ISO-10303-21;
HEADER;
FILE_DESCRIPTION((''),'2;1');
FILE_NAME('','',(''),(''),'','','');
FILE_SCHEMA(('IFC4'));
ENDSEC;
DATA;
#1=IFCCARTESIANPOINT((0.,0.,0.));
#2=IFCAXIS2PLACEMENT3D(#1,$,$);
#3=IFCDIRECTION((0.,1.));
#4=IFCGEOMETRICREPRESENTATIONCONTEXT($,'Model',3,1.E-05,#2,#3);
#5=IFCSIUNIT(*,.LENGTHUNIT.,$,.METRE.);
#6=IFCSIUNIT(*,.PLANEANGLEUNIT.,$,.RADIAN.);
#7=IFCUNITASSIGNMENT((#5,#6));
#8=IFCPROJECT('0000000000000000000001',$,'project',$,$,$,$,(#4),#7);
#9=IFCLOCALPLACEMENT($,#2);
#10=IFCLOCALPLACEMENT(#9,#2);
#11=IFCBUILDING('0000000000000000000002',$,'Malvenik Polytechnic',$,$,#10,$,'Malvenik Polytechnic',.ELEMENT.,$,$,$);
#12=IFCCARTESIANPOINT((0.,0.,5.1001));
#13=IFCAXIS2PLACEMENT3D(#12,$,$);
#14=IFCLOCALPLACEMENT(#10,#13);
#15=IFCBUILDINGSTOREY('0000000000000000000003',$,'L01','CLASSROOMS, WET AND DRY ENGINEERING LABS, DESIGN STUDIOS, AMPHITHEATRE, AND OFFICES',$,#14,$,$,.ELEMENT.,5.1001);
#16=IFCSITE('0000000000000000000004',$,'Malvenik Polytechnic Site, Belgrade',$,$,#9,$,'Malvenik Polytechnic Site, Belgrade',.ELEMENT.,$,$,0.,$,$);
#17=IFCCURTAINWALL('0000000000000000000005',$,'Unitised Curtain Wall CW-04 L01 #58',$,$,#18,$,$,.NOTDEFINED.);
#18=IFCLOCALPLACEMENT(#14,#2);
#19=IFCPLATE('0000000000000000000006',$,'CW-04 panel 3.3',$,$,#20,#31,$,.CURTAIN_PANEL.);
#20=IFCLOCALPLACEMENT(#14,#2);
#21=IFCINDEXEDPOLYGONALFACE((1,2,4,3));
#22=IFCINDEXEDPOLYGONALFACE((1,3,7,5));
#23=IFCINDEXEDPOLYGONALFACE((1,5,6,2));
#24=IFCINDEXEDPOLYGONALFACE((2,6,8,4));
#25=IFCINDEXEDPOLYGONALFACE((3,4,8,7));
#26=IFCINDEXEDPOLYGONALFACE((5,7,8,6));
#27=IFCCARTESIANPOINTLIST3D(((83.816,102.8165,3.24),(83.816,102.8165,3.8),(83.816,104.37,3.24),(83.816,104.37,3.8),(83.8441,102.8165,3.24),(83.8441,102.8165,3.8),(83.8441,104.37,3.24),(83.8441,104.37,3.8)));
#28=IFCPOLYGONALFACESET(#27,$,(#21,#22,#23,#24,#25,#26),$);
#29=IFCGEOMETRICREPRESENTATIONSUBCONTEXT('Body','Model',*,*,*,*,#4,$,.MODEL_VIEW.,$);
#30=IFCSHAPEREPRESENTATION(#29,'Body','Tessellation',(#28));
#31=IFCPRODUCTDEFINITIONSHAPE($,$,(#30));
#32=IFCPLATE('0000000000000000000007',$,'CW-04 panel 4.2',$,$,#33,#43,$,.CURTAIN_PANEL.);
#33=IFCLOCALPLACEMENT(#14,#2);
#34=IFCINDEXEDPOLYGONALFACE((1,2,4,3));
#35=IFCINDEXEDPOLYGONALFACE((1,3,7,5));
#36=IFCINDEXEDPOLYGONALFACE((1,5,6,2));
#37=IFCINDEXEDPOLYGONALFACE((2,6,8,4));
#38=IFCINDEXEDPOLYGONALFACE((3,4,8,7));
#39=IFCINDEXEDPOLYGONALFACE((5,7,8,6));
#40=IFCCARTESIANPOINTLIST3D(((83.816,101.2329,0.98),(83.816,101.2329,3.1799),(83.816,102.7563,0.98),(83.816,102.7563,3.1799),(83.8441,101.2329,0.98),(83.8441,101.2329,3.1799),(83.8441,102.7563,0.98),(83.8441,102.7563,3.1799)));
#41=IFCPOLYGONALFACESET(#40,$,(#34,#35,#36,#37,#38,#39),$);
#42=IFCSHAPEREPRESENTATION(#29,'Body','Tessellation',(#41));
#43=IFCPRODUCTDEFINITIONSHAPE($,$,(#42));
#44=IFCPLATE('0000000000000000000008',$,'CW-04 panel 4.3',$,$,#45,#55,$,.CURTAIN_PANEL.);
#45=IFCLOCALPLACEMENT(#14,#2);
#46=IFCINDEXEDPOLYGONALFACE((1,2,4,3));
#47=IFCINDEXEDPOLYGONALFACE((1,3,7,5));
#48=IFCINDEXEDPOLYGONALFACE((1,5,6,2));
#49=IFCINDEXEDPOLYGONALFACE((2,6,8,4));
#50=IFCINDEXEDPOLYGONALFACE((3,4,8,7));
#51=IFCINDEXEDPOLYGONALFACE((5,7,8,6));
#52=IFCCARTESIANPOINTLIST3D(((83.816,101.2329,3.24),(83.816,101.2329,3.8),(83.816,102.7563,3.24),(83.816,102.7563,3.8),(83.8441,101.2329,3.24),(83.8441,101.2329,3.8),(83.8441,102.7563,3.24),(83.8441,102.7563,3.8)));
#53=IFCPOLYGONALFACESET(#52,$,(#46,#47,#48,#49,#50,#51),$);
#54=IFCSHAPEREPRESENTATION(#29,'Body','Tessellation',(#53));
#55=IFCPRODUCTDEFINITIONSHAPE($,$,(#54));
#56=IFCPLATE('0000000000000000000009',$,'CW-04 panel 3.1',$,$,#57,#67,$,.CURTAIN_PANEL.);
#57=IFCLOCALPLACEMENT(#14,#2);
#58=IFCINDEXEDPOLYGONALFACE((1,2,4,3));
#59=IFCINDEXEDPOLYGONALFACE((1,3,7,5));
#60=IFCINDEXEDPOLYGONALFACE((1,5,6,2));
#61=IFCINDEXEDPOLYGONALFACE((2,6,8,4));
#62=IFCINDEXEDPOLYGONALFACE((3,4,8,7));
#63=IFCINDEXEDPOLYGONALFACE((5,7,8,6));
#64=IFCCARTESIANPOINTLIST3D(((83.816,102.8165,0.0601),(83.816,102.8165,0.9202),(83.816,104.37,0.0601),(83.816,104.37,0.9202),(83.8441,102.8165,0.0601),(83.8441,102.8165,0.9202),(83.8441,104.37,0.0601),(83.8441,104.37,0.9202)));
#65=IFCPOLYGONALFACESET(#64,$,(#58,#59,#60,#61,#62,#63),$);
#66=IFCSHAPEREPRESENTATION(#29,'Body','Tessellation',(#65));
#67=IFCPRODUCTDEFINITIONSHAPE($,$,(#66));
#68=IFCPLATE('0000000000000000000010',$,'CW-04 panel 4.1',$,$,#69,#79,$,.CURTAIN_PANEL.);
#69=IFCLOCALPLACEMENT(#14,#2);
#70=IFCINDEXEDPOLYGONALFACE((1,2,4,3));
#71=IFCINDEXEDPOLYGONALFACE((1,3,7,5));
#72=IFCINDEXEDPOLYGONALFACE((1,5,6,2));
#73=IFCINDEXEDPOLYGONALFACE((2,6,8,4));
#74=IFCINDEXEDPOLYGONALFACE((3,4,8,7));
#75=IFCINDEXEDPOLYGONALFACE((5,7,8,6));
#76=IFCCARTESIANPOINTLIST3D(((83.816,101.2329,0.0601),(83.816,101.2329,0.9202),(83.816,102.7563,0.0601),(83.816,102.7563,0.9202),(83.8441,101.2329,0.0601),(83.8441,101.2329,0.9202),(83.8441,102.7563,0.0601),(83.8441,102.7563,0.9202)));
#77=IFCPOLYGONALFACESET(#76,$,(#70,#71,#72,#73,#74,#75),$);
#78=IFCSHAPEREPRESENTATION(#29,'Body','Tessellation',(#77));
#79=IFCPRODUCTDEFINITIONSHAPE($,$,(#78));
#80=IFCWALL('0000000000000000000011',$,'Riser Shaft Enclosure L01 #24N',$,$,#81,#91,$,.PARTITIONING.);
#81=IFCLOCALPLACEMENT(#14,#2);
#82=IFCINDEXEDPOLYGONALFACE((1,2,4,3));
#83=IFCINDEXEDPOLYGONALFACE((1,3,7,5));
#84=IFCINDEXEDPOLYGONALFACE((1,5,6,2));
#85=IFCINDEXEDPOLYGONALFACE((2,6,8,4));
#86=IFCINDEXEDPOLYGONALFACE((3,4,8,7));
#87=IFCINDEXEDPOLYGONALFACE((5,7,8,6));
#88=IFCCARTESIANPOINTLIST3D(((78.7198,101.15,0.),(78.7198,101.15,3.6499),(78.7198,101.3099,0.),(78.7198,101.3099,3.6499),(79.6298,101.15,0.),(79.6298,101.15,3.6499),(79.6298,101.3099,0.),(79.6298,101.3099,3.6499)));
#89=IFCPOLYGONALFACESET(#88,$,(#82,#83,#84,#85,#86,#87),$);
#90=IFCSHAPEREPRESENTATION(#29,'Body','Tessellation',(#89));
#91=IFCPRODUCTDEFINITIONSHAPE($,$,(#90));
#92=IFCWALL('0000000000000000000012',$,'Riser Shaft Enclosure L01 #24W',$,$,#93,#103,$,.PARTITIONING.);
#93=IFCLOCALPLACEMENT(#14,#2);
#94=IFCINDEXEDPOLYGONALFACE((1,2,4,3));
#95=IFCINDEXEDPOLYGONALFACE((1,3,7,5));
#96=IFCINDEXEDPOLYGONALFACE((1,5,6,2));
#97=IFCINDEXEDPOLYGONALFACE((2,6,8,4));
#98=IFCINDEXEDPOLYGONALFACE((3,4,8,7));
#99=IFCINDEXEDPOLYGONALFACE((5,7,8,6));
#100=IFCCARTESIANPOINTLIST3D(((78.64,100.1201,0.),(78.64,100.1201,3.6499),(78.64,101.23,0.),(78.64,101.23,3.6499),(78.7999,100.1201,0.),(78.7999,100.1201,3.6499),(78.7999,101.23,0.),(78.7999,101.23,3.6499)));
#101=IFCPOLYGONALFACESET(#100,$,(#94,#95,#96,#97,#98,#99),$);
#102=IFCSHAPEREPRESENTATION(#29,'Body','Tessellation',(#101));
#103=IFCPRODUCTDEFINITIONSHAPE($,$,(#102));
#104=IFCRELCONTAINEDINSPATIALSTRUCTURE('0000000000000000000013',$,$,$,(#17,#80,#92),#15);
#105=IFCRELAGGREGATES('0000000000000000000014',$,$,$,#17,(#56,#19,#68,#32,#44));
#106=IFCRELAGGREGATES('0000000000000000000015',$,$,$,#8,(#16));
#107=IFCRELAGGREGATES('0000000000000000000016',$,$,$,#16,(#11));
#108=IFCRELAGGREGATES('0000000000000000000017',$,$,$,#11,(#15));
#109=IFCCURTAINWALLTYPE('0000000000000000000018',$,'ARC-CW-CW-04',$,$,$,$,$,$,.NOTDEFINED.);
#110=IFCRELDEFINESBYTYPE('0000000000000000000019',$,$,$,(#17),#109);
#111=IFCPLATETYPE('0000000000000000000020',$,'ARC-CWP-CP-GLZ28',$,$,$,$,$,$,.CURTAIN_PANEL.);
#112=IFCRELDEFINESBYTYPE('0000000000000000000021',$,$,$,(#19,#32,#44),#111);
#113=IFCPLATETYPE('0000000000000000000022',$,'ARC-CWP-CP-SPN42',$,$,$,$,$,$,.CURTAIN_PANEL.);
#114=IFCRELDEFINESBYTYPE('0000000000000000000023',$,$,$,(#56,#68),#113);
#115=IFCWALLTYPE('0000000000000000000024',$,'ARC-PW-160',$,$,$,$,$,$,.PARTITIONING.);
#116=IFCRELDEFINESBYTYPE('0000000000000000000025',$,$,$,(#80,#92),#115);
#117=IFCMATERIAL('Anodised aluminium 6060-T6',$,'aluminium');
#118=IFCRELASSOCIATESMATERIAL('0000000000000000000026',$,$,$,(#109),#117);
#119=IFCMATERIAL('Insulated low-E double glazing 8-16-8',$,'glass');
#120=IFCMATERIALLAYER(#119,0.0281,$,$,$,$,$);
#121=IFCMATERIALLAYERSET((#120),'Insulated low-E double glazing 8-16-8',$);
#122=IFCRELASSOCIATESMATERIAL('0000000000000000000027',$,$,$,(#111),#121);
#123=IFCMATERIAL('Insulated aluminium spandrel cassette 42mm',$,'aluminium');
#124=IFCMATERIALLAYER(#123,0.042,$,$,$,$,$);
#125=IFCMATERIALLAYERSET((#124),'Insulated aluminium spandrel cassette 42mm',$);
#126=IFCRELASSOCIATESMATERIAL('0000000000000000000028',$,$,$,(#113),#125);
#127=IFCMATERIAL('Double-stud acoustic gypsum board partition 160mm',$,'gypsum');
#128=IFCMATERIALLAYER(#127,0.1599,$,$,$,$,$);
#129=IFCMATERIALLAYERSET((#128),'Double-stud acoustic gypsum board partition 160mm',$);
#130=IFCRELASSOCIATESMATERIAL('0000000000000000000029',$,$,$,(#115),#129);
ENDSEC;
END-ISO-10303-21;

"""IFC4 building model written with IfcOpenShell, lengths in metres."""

from ifc_helpers import new_model, si_unit, direction, frame, frame_2d, origin, origin_2d, place, context, subcontext, project, spatial, rectangle, extrude, material, layer, layer_set, type_object, element, aggregate, save


model = new_model("IFC4")

# Units and contexts
model_context = context("Model", 3, precision=1e-05, world=origin(), true_north=direction((0.0, 1.0)))
body_context = subcontext(model_context, "Body", "Model", "MODEL_VIEW")
ifc_project = project(units=[si_unit("LENGTHUNIT", "METRE"), si_unit("PLANEANGLEUNIT", "RADIAN")], contexts=[model_context])

# Site, building, storey
site_placement = place(None, origin())
site = spatial("IfcSite", under=ifc_project, at=site_placement, Name="Malvenik Polytechnic Site, Belgrade", LongName="Malvenik Polytechnic Site, Belgrade", CompositionType="ELEMENT", RefElevation=0.0)
building_placement = place(site_placement, origin())
building = spatial("IfcBuilding", under=site, at=building_placement, Name="Malvenik Polytechnic", LongName="Malvenik Polytechnic", CompositionType="ELEMENT")
storey_placement = place(building_placement, frame((0.0, 0.0, 5.1001)))
storey = spatial("IfcBuildingStorey", under=building, at=storey_placement, Name="L01", Description="CLASSROOMS, WET AND DRY ENGINEERING LABS, DESIGN STUDIOS, AMPHITHEATRE, AND OFFICES", CompositionType="ELEMENT", Elevation=5.1001)

# Curtain wall, plates
ifc_material_1 = material(Name="Anodised aluminium 6060-T6", Category="aluminium")
curtain_wall_type = type_object("IfcCurtainWallType", Name="ARC-CW-CW-04", PredefinedType="NOTDEFINED", material=ifc_material_1)
curtain_wall_placement = place(storey_placement, origin())
curtain_wall = element("IfcCurtainWall", 1, at=curtain_wall_placement, inside=storey, type_object=curtain_wall_type, Name="Unitised Curtain Wall CW-04 L01 #58", PredefinedType="NOTDEFINED")
ifc_material_2 = material(Name="Insulated low-E double glazing 8-16-8", Category="glass")
ifc_layer_1 = layer(ifc_material_2, 0.0281)
ifc_layer_set_1 = layer_set([ifc_layer_1], Name="Insulated low-E double glazing 8-16-8")
plate_type_1 = type_object("IfcPlateType", Name="ARC-CWP-CP-GLZ28", PredefinedType="CURTAIN_PANEL", material=ifc_layer_set_1)
plate_1_placement = place(storey_placement, frame((83.8301, 103.5933, 3.24), z_axis=(0.0, 0.0, 1.0), x_axis=(0.0, -1.0, 0.0)))
plate_1 = element("IfcPlate", 2, at=plate_1_placement, type_object=plate_type_1, Name="CW-04 panel 3.3", PredefinedType="CURTAIN_PANEL", context=body_context, shape_type="SweptSolid", body=[
    extrude(rectangle(XDim=1.5535, YDim=0.0281, at=origin_2d()), origin(), (0.0, 0.0, 1.0), 0.5601),
])
plate_2_placement = place(storey_placement, frame((83.8301, 101.9946, 0.98), z_axis=(0.0, 0.0, 1.0), x_axis=(0.0, -1.0, 0.0)))
plate_2 = element("IfcPlate", 3, at=plate_2_placement, type_object=plate_type_1, Name="CW-04 panel 4.2", PredefinedType="CURTAIN_PANEL", context=body_context, shape_type="SweptSolid", body=[
    extrude(rectangle(XDim=1.5234, YDim=0.0281, at=origin_2d()), origin(), (0.0, 0.0, 1.0), 2.2),
])
plate_3_placement = place(storey_placement, frame((83.8301, 101.9946, 3.24), z_axis=(0.0, 0.0, 1.0), x_axis=(0.0, -1.0, 0.0)))
plate_3 = element("IfcPlate", 4, at=plate_3_placement, type_object=plate_type_1, Name="CW-04 panel 4.3", PredefinedType="CURTAIN_PANEL", context=body_context, shape_type="SweptSolid", body=[
    extrude(rectangle(XDim=1.5234, YDim=0.0281, at=origin_2d()), origin(), (0.0, 0.0, 1.0), 0.5601),
])
ifc_material_3 = material(Name="Insulated aluminium spandrel cassette 42mm", Category="aluminium")
ifc_layer_2 = layer(ifc_material_3, 0.042)
ifc_layer_set_2 = layer_set([ifc_layer_2], Name="Insulated aluminium spandrel cassette 42mm")
plate_type_2 = type_object("IfcPlateType", Name="ARC-CWP-CP-SPN42", PredefinedType="CURTAIN_PANEL", material=ifc_layer_set_2)
plate_4_placement = place(storey_placement, frame((83.8301, 103.5933, 0.0601), z_axis=(0.0, 0.0, 1.0), x_axis=(0.0, -1.0, 0.0)))
plate_4 = element("IfcPlate", 5, at=plate_4_placement, type_object=plate_type_2, Name="CW-04 panel 3.1", PredefinedType="CURTAIN_PANEL", context=body_context, shape_type="SweptSolid", body=[
    extrude(rectangle(XDim=1.5535, YDim=0.0281, at=origin_2d()), origin(), (0.0, 0.0, 1.0), 0.8601),
])
plate_5_placement = place(storey_placement, frame((83.8301, 101.9946, 0.0601), z_axis=(0.0, 0.0, 1.0), x_axis=(0.0, -1.0, 0.0)))
plate_5 = element("IfcPlate", 6, at=plate_5_placement, type_object=plate_type_2, Name="CW-04 panel 4.1", PredefinedType="CURTAIN_PANEL", context=body_context, shape_type="SweptSolid", body=[
    extrude(rectangle(XDim=1.5234, YDim=0.0281, at=origin_2d()), origin(), (0.0, 0.0, 1.0), 0.8601),
])
aggregate(curtain_wall, [plate_4, plate_1, plate_5, plate_2, plate_3])

# Walls
ifc_material_4 = material(Name="Double-stud acoustic gypsum board partition 160mm", Category="gypsum")
ifc_layer_3 = layer(ifc_material_4, 0.1599)
ifc_layer_set_3 = layer_set([ifc_layer_3], Name="Double-stud acoustic gypsum board partition 160mm")
wall_type = type_object("IfcWallType", Name="ARC-PW-160", PredefinedType="PARTITIONING", material=ifc_layer_set_3)
wall_1_placement = place(storey_placement, frame((79.6299, 101.23, 0.0), z_axis=(0.0, 0.0, 1.0), x_axis=(-1.0, 0.0, 0.0)))
element("IfcWall", 7, at=wall_1_placement, inside=storey, type_object=wall_type, Name="Riser Shaft Enclosure L01 #24N", PredefinedType="PARTITIONING", context=body_context, shape_type="SweptSolid", body=[
    extrude(rectangle(XDim=0.9099, YDim=0.1599, at=frame_2d((0.4551, 0.0))), origin(), (0.0, 0.0, 1.0), 3.6499),
])
wall_2_placement = place(storey_placement, frame((78.72, 101.23, 0.0), z_axis=(0.0, 0.0, 1.0), x_axis=(0.0, -1.0, 0.0)))
element("IfcWall", 8, at=wall_2_placement, inside=storey, type_object=wall_type, Name="Riser Shaft Enclosure L01 #24W", PredefinedType="PARTITIONING", context=body_context, shape_type="SweptSolid", body=[
    extrude(rectangle(XDim=1.1099, YDim=0.1599, at=frame_2d((0.5549, 0.0))), origin(), (0.0, 0.0, 1.0), 3.6499),
])

save(model, "model.ifc")
